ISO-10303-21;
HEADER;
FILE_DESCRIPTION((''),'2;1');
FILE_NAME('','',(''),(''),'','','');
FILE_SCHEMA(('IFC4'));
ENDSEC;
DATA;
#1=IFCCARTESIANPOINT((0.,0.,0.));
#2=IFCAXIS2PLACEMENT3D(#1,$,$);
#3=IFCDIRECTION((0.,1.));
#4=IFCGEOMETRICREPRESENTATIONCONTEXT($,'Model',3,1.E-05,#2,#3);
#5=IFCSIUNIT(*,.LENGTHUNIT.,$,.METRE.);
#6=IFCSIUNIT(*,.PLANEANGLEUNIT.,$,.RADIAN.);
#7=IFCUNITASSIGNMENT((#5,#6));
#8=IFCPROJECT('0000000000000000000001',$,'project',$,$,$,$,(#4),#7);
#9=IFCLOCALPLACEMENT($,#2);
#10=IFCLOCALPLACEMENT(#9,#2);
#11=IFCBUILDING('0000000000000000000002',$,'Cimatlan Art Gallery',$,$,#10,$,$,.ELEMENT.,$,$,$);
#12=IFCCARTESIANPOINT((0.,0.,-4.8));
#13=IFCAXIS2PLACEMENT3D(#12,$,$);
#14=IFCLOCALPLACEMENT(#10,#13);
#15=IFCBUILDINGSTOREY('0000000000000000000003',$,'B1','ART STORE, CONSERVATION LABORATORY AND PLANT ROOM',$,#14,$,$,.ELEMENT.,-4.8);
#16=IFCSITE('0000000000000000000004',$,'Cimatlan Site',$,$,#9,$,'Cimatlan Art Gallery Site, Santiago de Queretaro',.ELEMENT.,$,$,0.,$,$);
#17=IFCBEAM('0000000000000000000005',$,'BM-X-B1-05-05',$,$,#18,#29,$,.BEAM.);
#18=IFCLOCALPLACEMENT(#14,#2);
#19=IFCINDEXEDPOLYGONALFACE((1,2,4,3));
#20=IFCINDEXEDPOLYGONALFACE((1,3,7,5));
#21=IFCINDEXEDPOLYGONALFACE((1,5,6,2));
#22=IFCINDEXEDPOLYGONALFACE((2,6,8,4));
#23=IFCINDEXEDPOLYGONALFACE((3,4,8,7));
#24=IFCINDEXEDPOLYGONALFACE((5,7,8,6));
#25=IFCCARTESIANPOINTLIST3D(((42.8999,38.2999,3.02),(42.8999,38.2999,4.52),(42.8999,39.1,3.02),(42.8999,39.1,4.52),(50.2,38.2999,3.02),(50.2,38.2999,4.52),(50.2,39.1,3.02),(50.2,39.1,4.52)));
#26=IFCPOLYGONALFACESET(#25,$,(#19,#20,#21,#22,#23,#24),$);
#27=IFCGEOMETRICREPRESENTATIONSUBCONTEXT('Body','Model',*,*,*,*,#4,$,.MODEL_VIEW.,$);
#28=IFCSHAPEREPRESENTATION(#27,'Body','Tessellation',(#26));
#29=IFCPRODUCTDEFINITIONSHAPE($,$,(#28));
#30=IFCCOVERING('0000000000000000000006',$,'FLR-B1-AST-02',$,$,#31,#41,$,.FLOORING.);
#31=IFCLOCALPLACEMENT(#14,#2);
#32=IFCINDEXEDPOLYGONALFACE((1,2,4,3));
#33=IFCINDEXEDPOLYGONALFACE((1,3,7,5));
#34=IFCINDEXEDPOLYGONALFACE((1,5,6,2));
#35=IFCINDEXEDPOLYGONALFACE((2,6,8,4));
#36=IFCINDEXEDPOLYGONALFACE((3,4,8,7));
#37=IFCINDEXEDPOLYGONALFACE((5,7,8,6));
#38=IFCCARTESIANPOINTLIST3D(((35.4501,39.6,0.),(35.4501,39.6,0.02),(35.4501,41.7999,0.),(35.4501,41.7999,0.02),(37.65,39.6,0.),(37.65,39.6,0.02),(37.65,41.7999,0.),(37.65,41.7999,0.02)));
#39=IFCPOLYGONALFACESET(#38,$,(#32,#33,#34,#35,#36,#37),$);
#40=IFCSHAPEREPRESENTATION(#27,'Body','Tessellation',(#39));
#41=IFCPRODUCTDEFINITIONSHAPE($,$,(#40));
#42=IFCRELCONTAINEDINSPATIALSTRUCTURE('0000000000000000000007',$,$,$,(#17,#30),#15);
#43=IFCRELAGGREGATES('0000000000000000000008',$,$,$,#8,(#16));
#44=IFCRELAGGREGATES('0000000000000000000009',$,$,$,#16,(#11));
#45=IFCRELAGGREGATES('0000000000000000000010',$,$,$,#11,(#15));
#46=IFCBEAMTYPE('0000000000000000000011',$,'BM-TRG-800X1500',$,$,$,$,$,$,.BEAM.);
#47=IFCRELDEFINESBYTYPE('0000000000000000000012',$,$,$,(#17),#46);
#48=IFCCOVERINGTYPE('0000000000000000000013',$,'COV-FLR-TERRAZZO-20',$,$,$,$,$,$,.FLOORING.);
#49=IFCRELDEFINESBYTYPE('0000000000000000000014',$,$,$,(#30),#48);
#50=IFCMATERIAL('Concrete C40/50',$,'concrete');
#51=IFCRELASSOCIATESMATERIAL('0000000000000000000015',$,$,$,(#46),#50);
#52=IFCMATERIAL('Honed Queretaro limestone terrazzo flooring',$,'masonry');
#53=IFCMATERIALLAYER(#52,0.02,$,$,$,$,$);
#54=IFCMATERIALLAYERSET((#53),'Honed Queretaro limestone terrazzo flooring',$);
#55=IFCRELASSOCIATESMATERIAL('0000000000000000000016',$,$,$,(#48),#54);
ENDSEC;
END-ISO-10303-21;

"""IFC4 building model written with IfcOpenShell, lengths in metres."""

from ifc_helpers import new_model, si_unit, direction, frame, origin, origin_2d, place, context, subcontext, project, spatial, rectangle, extrude, material, layer, layer_set, material_profile, profile_set, type_object, element, save


model = new_model("IFC4")

# Units and contexts
model_context = context("Model", 3, precision=1e-05, world=origin(), true_north=direction((0.0, 1.0)))
body_context = subcontext(model_context, "Body", "Model", "MODEL_VIEW")
ifc_project = project(units=[si_unit("LENGTHUNIT", "METRE"), si_unit("PLANEANGLEUNIT", "RADIAN")], contexts=[model_context])

# Site, building, storey
site_placement = place(None, origin())
site = spatial("IfcSite", under=ifc_project, at=site_placement, Name="Cimatlan Site", LongName="Cimatlan Art Gallery Site, Santiago de Queretaro", CompositionType="ELEMENT", RefElevation=0.0)
building_placement = place(site_placement, origin())
building = spatial("IfcBuilding", under=site, at=building_placement, Name="Cimatlan Art Gallery", CompositionType="ELEMENT")
storey_placement = place(building_placement, frame((0.0, 0.0, -4.8)))
storey = spatial("IfcBuildingStorey", under=building, at=storey_placement, Name="B1", Description="ART STORE, CONSERVATION LABORATORY AND PLANT ROOM", CompositionType="ELEMENT", Elevation=-4.8)

# Shared definitions
ifc_material_1 = material(Name="Concrete C40/50", Category="concrete")

# Beam
ifc_material_profile_1 = material_profile(ifc_material_1, rectangle(XDim=0.8, YDim=1.5, at=origin_2d()), Name="RC800X1500")
ifc_profile_set_1 = profile_set([ifc_material_profile_1], Name="Concrete C40/50")
beam_type_1 = type_object("IfcBeamType", Name="BM-TRG-800X1500", PredefinedType="BEAM", material=ifc_profile_set_1)
for number, where, z_axis, x_axis, name in (
    (1, (42.8999, 38.7, 3.77), (1.0, 0.0, 0.0), (0.0, 1.0, 0.0), "BM-X-B1-05-05"),
):
    element("IfcBeam", number, at=place(storey_placement, frame(where, z_axis=z_axis, x_axis=x_axis)), inside=storey, type_object=beam_type_1, Name=name, PredefinedType="BEAM", context=body_context, shape_type="SweptSolid", body=[
        extrude(rectangle(XDim=0.8, YDim=1.5, at=origin_2d()), origin(), (0.0, 0.0, 1.0), 7.3),
    ])

# Covering
ifc_material_2 = material(Name="Honed Queretaro limestone terrazzo flooring", Category="masonry")
ifc_layer_1 = layer(ifc_material_2, 0.02)
ifc_layer_set_1 = layer_set([ifc_layer_1], Name="Honed Queretaro limestone terrazzo flooring")
covering_type = type_object("IfcCoveringType", Name="COV-FLR-TERRAZZO-20", PredefinedType="FLOORING", material=ifc_layer_set_1)
covering_placement = place(storey_placement, frame((36.55, 40.7, 0.0), z_axis=(0.0, 0.0, 1.0), x_axis=(1.0, 0.0, 0.0)))
element("IfcCovering", 2, at=covering_placement, inside=storey, type_object=covering_type, Name="FLR-B1-AST-02", PredefinedType="FLOORING", context=body_context, shape_type="SweptSolid", body=[
    extrude(rectangle(XDim=2.2, YDim=2.2, at=origin_2d()), origin(), (0.0, 0.0, 1.0), 0.02),
])

save(model, "model.ifc")
